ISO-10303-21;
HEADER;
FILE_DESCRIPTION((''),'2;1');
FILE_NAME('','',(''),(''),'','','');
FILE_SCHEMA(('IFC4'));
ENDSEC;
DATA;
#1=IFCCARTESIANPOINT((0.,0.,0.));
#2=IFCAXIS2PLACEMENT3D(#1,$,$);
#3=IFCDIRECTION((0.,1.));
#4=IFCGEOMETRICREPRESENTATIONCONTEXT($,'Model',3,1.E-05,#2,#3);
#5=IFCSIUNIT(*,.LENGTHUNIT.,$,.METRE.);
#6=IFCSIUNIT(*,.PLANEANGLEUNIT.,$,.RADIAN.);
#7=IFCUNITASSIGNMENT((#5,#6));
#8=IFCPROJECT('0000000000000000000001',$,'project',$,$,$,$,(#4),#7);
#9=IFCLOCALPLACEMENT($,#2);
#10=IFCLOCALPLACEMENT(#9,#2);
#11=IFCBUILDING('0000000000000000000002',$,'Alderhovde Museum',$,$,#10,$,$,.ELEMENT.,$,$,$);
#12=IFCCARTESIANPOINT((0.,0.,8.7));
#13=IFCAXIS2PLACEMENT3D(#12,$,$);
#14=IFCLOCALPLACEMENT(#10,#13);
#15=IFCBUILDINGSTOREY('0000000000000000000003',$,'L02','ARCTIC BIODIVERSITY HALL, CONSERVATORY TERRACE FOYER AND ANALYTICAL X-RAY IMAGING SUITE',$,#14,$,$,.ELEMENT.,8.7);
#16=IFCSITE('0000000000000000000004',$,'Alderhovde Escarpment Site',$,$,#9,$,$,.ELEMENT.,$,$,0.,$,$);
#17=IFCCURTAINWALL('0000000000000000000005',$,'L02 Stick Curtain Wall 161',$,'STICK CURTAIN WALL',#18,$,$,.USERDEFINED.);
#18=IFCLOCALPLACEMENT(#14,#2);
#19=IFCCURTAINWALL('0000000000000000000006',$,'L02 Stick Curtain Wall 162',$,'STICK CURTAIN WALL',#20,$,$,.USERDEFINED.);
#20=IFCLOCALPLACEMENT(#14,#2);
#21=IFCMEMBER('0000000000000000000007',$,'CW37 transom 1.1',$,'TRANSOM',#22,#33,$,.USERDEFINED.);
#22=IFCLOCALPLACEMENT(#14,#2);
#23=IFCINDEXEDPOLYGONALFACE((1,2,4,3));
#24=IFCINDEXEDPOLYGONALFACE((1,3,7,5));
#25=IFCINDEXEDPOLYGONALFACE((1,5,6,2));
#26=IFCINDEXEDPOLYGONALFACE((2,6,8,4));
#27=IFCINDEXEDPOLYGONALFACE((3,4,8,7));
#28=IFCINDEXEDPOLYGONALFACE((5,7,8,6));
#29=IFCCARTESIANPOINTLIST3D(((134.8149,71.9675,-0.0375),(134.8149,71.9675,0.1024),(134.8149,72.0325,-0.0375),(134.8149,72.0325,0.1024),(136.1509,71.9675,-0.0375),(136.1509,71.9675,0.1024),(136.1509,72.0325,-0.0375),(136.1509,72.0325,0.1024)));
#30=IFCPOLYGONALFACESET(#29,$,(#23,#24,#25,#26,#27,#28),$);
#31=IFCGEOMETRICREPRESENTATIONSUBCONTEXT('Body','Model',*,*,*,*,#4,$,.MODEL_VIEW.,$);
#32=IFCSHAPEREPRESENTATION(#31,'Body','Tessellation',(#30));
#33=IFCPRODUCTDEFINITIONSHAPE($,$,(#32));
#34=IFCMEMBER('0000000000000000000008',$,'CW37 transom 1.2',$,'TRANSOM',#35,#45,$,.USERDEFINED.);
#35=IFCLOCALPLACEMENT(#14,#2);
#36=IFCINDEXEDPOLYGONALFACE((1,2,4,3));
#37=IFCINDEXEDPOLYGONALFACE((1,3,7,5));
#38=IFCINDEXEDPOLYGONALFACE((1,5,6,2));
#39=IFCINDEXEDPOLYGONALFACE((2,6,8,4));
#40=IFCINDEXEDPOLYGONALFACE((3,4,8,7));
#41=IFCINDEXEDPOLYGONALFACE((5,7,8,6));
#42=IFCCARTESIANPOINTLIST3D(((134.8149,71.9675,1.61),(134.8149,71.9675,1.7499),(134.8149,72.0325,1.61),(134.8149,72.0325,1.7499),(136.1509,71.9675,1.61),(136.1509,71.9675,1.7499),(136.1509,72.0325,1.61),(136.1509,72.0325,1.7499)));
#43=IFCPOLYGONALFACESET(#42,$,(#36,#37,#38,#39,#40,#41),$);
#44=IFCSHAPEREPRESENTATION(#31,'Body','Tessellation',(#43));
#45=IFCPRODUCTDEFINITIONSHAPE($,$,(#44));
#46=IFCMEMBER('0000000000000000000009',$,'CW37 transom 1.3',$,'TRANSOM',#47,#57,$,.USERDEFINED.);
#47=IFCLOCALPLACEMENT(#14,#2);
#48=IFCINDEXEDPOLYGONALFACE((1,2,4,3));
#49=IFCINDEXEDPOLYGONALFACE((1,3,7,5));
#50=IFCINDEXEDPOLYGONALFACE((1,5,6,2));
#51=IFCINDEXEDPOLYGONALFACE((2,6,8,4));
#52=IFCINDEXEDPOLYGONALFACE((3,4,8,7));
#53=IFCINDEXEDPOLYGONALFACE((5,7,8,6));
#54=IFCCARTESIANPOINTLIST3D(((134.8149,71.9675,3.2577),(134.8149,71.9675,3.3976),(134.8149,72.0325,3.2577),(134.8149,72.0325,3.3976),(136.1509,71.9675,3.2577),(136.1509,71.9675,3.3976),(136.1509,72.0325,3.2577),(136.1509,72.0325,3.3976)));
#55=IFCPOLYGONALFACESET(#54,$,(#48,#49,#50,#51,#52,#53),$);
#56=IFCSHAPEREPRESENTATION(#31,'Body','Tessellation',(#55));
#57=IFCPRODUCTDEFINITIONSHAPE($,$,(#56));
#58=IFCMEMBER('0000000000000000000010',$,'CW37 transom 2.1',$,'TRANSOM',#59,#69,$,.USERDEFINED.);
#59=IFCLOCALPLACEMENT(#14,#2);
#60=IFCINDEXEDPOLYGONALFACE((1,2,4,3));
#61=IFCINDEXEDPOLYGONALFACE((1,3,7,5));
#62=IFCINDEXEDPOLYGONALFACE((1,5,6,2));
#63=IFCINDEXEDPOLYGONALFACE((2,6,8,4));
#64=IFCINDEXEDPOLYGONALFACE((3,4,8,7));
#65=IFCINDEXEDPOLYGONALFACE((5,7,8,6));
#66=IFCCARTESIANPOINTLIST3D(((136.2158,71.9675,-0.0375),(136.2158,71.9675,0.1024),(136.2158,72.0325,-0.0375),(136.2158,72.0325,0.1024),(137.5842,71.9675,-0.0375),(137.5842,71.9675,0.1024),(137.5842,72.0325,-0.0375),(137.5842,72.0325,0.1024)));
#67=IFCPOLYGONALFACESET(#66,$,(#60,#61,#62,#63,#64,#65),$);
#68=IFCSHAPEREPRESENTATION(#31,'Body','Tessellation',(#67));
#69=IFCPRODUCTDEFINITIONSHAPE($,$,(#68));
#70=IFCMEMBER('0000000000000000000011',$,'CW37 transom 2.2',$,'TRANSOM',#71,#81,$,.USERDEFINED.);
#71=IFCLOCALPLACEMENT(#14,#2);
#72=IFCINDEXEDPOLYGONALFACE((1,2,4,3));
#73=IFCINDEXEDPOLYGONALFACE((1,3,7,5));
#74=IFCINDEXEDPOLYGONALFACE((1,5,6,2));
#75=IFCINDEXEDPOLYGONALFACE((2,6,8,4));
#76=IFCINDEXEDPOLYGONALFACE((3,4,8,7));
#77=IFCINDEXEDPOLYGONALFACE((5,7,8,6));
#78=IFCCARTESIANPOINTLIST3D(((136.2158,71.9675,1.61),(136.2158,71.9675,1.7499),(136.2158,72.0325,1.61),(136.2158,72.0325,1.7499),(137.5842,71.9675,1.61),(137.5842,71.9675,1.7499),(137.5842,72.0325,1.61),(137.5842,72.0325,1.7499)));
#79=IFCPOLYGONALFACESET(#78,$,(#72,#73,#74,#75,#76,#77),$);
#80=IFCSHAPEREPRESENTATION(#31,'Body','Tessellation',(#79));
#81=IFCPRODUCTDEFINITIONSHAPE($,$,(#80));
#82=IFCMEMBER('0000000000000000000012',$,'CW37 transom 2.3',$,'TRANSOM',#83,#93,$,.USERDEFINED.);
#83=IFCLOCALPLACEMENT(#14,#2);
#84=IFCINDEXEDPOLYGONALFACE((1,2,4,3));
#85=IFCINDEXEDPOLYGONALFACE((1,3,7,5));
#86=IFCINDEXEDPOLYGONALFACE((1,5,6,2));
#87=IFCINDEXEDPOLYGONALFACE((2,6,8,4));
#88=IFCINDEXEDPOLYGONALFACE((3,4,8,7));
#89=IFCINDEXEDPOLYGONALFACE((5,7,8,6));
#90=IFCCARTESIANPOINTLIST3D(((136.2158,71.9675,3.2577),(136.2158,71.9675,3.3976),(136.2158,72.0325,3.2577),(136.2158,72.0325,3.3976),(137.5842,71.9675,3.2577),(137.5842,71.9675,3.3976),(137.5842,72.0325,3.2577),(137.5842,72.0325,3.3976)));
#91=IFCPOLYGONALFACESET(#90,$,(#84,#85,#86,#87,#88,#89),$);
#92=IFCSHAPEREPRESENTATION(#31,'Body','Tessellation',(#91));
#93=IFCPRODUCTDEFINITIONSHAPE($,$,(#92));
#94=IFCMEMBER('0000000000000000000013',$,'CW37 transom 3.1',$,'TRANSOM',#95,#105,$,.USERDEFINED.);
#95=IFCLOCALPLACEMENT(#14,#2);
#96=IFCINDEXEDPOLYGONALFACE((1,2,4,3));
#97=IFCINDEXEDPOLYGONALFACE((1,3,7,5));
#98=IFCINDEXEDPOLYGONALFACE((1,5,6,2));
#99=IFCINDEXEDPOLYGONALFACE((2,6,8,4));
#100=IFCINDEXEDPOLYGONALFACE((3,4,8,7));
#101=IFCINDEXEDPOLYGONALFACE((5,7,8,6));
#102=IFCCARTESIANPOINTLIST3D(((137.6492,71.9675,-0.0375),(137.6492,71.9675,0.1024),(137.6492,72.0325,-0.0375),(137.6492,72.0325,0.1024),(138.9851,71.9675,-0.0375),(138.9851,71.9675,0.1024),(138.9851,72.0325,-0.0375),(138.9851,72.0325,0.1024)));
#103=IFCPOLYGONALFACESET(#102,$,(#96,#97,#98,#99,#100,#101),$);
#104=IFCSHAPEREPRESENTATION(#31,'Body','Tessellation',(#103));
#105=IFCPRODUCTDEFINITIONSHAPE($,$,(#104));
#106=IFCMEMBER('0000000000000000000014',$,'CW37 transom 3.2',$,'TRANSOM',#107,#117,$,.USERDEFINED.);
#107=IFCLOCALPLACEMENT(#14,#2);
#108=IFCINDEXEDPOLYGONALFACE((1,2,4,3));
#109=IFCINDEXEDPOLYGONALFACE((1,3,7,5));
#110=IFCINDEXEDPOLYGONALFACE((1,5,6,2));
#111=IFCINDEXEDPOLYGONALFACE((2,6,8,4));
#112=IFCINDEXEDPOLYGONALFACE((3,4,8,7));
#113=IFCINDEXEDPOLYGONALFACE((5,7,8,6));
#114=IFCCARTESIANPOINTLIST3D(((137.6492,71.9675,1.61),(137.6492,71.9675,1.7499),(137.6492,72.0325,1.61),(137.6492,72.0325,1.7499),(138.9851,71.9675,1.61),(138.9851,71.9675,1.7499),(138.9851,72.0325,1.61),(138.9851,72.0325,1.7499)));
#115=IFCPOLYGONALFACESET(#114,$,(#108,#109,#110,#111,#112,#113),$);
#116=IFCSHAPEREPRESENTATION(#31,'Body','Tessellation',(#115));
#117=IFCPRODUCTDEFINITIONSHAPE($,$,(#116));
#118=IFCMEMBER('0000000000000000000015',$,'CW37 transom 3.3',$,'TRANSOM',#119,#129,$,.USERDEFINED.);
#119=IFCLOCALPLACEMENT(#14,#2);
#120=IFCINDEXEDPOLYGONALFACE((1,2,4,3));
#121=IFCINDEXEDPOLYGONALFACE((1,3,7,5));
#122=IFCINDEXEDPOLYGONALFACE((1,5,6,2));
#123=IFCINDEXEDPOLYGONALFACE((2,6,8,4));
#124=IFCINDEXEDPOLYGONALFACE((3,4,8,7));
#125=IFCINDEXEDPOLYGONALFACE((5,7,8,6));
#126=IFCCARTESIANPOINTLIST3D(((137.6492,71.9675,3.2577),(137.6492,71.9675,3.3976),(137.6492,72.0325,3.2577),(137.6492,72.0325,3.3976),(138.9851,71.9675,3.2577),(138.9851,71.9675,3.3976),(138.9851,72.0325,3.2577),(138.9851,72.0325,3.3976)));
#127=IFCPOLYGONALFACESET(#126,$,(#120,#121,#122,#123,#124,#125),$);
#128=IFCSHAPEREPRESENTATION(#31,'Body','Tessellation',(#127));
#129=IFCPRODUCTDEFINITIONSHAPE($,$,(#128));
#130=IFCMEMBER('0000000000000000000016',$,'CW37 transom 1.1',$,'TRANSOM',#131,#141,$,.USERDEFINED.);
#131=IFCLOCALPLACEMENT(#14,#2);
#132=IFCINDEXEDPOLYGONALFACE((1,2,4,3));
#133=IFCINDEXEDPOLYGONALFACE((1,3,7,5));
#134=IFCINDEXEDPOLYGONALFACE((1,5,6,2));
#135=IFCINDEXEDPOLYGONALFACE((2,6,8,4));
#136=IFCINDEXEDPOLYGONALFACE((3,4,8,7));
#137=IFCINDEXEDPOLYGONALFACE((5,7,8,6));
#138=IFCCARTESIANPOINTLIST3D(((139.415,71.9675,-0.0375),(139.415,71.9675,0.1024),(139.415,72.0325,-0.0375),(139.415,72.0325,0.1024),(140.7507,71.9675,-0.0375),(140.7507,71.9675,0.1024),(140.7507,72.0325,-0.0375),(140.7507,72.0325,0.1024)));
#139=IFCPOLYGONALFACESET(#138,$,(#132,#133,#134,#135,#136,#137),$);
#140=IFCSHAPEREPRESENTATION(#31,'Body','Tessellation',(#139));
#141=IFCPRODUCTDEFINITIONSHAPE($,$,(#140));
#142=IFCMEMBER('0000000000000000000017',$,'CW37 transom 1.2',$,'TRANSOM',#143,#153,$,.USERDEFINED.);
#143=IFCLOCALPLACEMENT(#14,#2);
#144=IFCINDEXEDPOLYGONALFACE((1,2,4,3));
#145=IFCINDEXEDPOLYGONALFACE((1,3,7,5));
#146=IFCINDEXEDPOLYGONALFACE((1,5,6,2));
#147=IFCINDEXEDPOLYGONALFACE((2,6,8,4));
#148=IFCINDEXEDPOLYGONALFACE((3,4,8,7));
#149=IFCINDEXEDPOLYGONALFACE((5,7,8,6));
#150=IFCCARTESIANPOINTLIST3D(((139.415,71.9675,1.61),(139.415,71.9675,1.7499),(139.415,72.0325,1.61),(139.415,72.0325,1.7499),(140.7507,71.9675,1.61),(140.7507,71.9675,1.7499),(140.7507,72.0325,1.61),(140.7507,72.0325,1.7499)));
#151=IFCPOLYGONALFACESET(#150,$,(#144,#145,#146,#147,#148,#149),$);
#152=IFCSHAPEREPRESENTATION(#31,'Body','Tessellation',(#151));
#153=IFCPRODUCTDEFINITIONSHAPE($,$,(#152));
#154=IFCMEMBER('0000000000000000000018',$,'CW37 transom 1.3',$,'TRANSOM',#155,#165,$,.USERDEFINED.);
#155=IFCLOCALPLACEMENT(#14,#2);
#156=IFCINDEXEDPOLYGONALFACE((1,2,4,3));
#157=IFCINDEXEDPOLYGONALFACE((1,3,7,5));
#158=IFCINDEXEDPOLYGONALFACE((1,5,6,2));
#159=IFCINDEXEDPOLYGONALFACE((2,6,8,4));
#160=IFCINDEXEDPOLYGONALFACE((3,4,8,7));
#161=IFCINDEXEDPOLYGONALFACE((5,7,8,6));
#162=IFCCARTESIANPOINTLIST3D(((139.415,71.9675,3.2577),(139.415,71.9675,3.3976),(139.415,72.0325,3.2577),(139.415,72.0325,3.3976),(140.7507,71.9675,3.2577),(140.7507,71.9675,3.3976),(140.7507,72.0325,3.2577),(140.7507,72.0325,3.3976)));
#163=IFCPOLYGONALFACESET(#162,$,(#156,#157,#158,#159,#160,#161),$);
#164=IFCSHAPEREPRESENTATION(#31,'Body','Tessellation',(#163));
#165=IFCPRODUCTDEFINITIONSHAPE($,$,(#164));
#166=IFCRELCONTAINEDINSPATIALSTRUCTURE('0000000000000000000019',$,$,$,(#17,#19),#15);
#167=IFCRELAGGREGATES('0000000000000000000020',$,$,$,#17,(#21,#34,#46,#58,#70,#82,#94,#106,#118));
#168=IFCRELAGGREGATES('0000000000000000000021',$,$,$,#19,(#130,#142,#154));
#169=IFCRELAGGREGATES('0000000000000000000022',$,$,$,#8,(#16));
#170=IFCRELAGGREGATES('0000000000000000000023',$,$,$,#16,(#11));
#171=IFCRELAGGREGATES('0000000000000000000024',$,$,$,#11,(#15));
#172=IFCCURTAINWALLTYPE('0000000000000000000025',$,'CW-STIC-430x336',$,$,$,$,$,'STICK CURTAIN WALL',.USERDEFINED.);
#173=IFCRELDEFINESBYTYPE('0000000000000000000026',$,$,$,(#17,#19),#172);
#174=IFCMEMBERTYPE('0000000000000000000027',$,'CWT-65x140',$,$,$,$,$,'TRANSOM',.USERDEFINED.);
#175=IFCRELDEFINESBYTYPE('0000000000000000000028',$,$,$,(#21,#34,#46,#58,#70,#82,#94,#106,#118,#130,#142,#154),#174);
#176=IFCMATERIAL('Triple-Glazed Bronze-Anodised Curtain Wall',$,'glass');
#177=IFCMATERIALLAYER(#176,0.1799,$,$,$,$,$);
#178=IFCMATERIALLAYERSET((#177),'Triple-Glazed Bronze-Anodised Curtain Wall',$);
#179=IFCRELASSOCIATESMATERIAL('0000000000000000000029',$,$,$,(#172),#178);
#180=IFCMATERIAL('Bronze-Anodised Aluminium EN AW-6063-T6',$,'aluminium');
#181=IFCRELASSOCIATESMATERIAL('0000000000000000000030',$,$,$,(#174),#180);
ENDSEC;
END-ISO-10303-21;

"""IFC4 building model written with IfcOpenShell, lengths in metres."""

from ifc_helpers import new_model, si_unit, direction, frame, origin, origin_2d, place, context, subcontext, project, spatial, rectangle, extrude, material, layer, layer_set, material_profile, profile_set, type_object, element, aggregate, save


model = new_model("IFC4")

# Units and contexts
model_context = context("Model", 3, precision=1e-05, world=origin(), true_north=direction((0.0, 1.0)))
body_context = subcontext(model_context, "Body", "Model", "MODEL_VIEW")
ifc_project = project(units=[si_unit("LENGTHUNIT", "METRE"), si_unit("PLANEANGLEUNIT", "RADIAN")], contexts=[model_context])

# Site, building, storey
site_placement = place(None, origin())
site = spatial("IfcSite", under=ifc_project, at=site_placement, Name="Alderhovde Escarpment Site", CompositionType="ELEMENT", RefElevation=0.0)
building_placement = place(site_placement, origin())
building = spatial("IfcBuilding", under=site, at=building_placement, Name="Alderhovde Museum", CompositionType="ELEMENT")
storey_placement = place(building_placement, frame((0.0, 0.0, 8.7)))
storey = spatial("IfcBuildingStorey", under=building, at=storey_placement, Name="L02", Description="ARCTIC BIODIVERSITY HALL, CONSERVATORY TERRACE FOYER AND ANALYTICAL X-RAY IMAGING SUITE", CompositionType="ELEMENT", Elevation=8.7)

# Shared definitions
ifc_material_1 = material(Name="Triple-Glazed Bronze-Anodised Curtain Wall", Category="glass")
ifc_layer_1 = layer(ifc_material_1, 0.1799)
ifc_layer_set_1 = layer_set([ifc_layer_1], Name="Triple-Glazed Bronze-Anodised Curtain Wall")
curtain_wall_type = type_object("IfcCurtainWallType", Name="CW-STIC-430x336", ElementType="STICK CURTAIN WALL", PredefinedType="USERDEFINED", material=ifc_layer_set_1)

# Curtain walls
curtain_wall_1_placement = place(storey_placement, origin())
curtain_wall_1 = element("IfcCurtainWall", 1, at=curtain_wall_1_placement, inside=storey, type_object=curtain_wall_type, Name="L02 Stick Curtain Wall 161", ObjectType="STICK CURTAIN WALL", PredefinedType="USERDEFINED")
curtain_wall_2_placement = place(storey_placement, origin())
curtain_wall_2 = element("IfcCurtainWall", 2, at=curtain_wall_2_placement, inside=storey, type_object=curtain_wall_type, Name="L02 Stick Curtain Wall 162", ObjectType="STICK CURTAIN WALL", PredefinedType="USERDEFINED")

# Members
ifc_material_2 = material(Name="Bronze-Anodised Aluminium EN AW-6063-T6", Category="aluminium")
ifc_material_profile_1 = material_profile(ifc_material_2, rectangle(XDim=0.0649, YDim=0.1399, at=origin_2d()), Name="TRANSOM 65x140")
ifc_profile_set_1 = profile_set([ifc_material_profile_1], Name="Bronze-Anodised Aluminium EN AW-6063-T6")
member_type_1 = type_object("IfcMemberType", Name="CWT-65x140", ElementType="TRANSOM", PredefinedType="USERDEFINED", material=ifc_profile_set_1)
member_1_placement = place(storey_placement, frame((134.8149, 72.0, 0.0325), z_axis=(1.0, 0.0, 0.0), x_axis=(0.0, 1.0, 0.0)))
member_1 = element("IfcMember", 3, at=member_1_placement, type_object=member_type_1, Name="CW37 transom 1.1", ObjectType="TRANSOM", PredefinedType="USERDEFINED", context=body_context, shape_type="SweptSolid", body=[
    extrude(rectangle(XDim=0.0649, YDim=0.1399, at=origin_2d()), origin(), (0.0, 0.0, 1.0), 1.3359),
])
member_2_placement = place(storey_placement, frame((134.8149, 72.0, 1.6799), z_axis=(1.0, 0.0, 0.0), x_axis=(0.0, 1.0, 0.0)))
member_2 = element("IfcMember", 4, at=member_2_placement, type_object=member_type_1, Name="CW37 transom 1.2", ObjectType="TRANSOM", PredefinedType="USERDEFINED", context=body_context, shape_type="SweptSolid", body=[
    extrude(rectangle(XDim=0.0649, YDim=0.1399, at=origin_2d()), origin(), (0.0, 0.0, 1.0), 1.3359),
])
member_3_placement = place(storey_placement, frame((134.8149, 72.0, 3.3276), z_axis=(1.0, 0.0, 0.0), x_axis=(0.0, 1.0, 0.0)))
member_3 = element("IfcMember", 5, at=member_3_placement, type_object=member_type_1, Name="CW37 transom 1.3", ObjectType="TRANSOM", PredefinedType="USERDEFINED", context=body_context, shape_type="SweptSolid", body=[
    extrude(rectangle(XDim=0.0649, YDim=0.1399, at=origin_2d()), origin(), (0.0, 0.0, 1.0), 1.3359),
])
member_4_placement = place(storey_placement, frame((136.2158, 72.0, 0.0325), z_axis=(1.0, 0.0, 0.0), x_axis=(0.0, 1.0, 0.0)))
member_4 = element("IfcMember", 6, at=member_4_placement, type_object=member_type_1, Name="CW37 transom 2.1", ObjectType="TRANSOM", PredefinedType="USERDEFINED", context=body_context, shape_type="SweptSolid", body=[
    extrude(rectangle(XDim=0.0649, YDim=0.1399, at=origin_2d()), origin(), (0.0, 0.0, 1.0), 1.3684),
])
member_5_placement = place(storey_placement, frame((136.2158, 72.0, 1.6799), z_axis=(1.0, 0.0, 0.0), x_axis=(0.0, 1.0, 0.0)))
member_5 = element("IfcMember", 7, at=member_5_placement, type_object=member_type_1, Name="CW37 transom 2.2", ObjectType="TRANSOM", PredefinedType="USERDEFINED", context=body_context, shape_type="SweptSolid", body=[
    extrude(rectangle(XDim=0.0649, YDim=0.1399, at=origin_2d()), origin(), (0.0, 0.0, 1.0), 1.3684),
])
member_6_placement = place(storey_placement, frame((136.2158, 72.0, 3.3276), z_axis=(1.0, 0.0, 0.0), x_axis=(0.0, 1.0, 0.0)))
member_6 = element("IfcMember", 8, at=member_6_placement, type_object=member_type_1, Name="CW37 transom 2.3", ObjectType="TRANSOM", PredefinedType="USERDEFINED", context=body_context, shape_type="SweptSolid", body=[
    extrude(rectangle(XDim=0.0649, YDim=0.1399, at=origin_2d()), origin(), (0.0, 0.0, 1.0), 1.3684),
])
member_7_placement = place(storey_placement, frame((137.6492, 72.0, 0.0325), z_axis=(1.0, 0.0, 0.0), x_axis=(0.0, 1.0, 0.0)))
member_7 = element("IfcMember", 9, at=member_7_placement, type_object=member_type_1, Name="CW37 transom 3.1", ObjectType="TRANSOM", PredefinedType="USERDEFINED", context=body_context, shape_type="SweptSolid", body=[
    extrude(rectangle(XDim=0.0649, YDim=0.1399, at=origin_2d()), origin(), (0.0, 0.0, 1.0), 1.3359),
])
member_8_placement = place(storey_placement, frame((137.6492, 72.0, 1.6799), z_axis=(1.0, 0.0, 0.0), x_axis=(0.0, 1.0, 0.0)))
member_8 = element("IfcMember", 10, at=member_8_placement, type_object=member_type_1, Name="CW37 transom 3.2", ObjectType="TRANSOM", PredefinedType="USERDEFINED", context=body_context, shape_type="SweptSolid", body=[
    extrude(rectangle(XDim=0.0649, YDim=0.1399, at=origin_2d()), origin(), (0.0, 0.0, 1.0), 1.3359),
])
member_9_placement = place(storey_placement, frame((137.6492, 72.0, 3.3276), z_axis=(1.0, 0.0, 0.0), x_axis=(0.0, 1.0, 0.0)))
member_9 = element("IfcMember", 11, at=member_9_placement, type_object=member_type_1, Name="CW37 transom 3.3", ObjectType="TRANSOM", PredefinedType="USERDEFINED", context=body_context, shape_type="SweptSolid", body=[
    extrude(rectangle(XDim=0.0649, YDim=0.1399, at=origin_2d()), origin(), (0.0, 0.0, 1.0), 1.3359),
])
member_10_placement = place(storey_placement, frame((139.415, 72.0, 0.0325), z_axis=(1.0, 0.0, 0.0), x_axis=(0.0, 1.0, 0.0)))
member_10 = element("IfcMember", 12, at=member_10_placement, type_object=member_type_1, Name="CW37 transom 1.1", ObjectType="TRANSOM", PredefinedType="USERDEFINED", context=body_context, shape_type="SweptSolid", body=[
    extrude(rectangle(XDim=0.0649, YDim=0.1399, at=origin_2d()), origin(), (0.0, 0.0, 1.0), 1.3357),
])
member_11_placement = place(storey_placement, frame((139.415, 72.0, 1.6799), z_axis=(1.0, 0.0, 0.0), x_axis=(0.0, 1.0, 0.0)))
member_11 = element("IfcMember", 13, at=member_11_placement, type_object=member_type_1, Name="CW37 transom 1.2", ObjectType="TRANSOM", PredefinedType="USERDEFINED", context=body_context, shape_type="SweptSolid", body=[
    extrude(rectangle(XDim=0.0649, YDim=0.1399, at=origin_2d()), origin(), (0.0, 0.0, 1.0), 1.3357),
])
member_12_placement = place(storey_placement, frame((139.415, 72.0, 3.3276), z_axis=(1.0, 0.0, 0.0), x_axis=(0.0, 1.0, 0.0)))
member_12 = element("IfcMember", 14, at=member_12_placement, type_object=member_type_1, Name="CW37 transom 1.3", ObjectType="TRANSOM", PredefinedType="USERDEFINED", context=body_context, shape_type="SweptSolid", body=[
    extrude(rectangle(XDim=0.0649, YDim=0.1399, at=origin_2d()), origin(), (0.0, 0.0, 1.0), 1.3357),
])

aggregate(curtain_wall_1, [member_1, member_2, member_3, member_4, member_5, member_6, member_7, member_8, member_9])
aggregate(curtain_wall_2, [member_10, member_11, member_12])

save(model, "model.ifc")
